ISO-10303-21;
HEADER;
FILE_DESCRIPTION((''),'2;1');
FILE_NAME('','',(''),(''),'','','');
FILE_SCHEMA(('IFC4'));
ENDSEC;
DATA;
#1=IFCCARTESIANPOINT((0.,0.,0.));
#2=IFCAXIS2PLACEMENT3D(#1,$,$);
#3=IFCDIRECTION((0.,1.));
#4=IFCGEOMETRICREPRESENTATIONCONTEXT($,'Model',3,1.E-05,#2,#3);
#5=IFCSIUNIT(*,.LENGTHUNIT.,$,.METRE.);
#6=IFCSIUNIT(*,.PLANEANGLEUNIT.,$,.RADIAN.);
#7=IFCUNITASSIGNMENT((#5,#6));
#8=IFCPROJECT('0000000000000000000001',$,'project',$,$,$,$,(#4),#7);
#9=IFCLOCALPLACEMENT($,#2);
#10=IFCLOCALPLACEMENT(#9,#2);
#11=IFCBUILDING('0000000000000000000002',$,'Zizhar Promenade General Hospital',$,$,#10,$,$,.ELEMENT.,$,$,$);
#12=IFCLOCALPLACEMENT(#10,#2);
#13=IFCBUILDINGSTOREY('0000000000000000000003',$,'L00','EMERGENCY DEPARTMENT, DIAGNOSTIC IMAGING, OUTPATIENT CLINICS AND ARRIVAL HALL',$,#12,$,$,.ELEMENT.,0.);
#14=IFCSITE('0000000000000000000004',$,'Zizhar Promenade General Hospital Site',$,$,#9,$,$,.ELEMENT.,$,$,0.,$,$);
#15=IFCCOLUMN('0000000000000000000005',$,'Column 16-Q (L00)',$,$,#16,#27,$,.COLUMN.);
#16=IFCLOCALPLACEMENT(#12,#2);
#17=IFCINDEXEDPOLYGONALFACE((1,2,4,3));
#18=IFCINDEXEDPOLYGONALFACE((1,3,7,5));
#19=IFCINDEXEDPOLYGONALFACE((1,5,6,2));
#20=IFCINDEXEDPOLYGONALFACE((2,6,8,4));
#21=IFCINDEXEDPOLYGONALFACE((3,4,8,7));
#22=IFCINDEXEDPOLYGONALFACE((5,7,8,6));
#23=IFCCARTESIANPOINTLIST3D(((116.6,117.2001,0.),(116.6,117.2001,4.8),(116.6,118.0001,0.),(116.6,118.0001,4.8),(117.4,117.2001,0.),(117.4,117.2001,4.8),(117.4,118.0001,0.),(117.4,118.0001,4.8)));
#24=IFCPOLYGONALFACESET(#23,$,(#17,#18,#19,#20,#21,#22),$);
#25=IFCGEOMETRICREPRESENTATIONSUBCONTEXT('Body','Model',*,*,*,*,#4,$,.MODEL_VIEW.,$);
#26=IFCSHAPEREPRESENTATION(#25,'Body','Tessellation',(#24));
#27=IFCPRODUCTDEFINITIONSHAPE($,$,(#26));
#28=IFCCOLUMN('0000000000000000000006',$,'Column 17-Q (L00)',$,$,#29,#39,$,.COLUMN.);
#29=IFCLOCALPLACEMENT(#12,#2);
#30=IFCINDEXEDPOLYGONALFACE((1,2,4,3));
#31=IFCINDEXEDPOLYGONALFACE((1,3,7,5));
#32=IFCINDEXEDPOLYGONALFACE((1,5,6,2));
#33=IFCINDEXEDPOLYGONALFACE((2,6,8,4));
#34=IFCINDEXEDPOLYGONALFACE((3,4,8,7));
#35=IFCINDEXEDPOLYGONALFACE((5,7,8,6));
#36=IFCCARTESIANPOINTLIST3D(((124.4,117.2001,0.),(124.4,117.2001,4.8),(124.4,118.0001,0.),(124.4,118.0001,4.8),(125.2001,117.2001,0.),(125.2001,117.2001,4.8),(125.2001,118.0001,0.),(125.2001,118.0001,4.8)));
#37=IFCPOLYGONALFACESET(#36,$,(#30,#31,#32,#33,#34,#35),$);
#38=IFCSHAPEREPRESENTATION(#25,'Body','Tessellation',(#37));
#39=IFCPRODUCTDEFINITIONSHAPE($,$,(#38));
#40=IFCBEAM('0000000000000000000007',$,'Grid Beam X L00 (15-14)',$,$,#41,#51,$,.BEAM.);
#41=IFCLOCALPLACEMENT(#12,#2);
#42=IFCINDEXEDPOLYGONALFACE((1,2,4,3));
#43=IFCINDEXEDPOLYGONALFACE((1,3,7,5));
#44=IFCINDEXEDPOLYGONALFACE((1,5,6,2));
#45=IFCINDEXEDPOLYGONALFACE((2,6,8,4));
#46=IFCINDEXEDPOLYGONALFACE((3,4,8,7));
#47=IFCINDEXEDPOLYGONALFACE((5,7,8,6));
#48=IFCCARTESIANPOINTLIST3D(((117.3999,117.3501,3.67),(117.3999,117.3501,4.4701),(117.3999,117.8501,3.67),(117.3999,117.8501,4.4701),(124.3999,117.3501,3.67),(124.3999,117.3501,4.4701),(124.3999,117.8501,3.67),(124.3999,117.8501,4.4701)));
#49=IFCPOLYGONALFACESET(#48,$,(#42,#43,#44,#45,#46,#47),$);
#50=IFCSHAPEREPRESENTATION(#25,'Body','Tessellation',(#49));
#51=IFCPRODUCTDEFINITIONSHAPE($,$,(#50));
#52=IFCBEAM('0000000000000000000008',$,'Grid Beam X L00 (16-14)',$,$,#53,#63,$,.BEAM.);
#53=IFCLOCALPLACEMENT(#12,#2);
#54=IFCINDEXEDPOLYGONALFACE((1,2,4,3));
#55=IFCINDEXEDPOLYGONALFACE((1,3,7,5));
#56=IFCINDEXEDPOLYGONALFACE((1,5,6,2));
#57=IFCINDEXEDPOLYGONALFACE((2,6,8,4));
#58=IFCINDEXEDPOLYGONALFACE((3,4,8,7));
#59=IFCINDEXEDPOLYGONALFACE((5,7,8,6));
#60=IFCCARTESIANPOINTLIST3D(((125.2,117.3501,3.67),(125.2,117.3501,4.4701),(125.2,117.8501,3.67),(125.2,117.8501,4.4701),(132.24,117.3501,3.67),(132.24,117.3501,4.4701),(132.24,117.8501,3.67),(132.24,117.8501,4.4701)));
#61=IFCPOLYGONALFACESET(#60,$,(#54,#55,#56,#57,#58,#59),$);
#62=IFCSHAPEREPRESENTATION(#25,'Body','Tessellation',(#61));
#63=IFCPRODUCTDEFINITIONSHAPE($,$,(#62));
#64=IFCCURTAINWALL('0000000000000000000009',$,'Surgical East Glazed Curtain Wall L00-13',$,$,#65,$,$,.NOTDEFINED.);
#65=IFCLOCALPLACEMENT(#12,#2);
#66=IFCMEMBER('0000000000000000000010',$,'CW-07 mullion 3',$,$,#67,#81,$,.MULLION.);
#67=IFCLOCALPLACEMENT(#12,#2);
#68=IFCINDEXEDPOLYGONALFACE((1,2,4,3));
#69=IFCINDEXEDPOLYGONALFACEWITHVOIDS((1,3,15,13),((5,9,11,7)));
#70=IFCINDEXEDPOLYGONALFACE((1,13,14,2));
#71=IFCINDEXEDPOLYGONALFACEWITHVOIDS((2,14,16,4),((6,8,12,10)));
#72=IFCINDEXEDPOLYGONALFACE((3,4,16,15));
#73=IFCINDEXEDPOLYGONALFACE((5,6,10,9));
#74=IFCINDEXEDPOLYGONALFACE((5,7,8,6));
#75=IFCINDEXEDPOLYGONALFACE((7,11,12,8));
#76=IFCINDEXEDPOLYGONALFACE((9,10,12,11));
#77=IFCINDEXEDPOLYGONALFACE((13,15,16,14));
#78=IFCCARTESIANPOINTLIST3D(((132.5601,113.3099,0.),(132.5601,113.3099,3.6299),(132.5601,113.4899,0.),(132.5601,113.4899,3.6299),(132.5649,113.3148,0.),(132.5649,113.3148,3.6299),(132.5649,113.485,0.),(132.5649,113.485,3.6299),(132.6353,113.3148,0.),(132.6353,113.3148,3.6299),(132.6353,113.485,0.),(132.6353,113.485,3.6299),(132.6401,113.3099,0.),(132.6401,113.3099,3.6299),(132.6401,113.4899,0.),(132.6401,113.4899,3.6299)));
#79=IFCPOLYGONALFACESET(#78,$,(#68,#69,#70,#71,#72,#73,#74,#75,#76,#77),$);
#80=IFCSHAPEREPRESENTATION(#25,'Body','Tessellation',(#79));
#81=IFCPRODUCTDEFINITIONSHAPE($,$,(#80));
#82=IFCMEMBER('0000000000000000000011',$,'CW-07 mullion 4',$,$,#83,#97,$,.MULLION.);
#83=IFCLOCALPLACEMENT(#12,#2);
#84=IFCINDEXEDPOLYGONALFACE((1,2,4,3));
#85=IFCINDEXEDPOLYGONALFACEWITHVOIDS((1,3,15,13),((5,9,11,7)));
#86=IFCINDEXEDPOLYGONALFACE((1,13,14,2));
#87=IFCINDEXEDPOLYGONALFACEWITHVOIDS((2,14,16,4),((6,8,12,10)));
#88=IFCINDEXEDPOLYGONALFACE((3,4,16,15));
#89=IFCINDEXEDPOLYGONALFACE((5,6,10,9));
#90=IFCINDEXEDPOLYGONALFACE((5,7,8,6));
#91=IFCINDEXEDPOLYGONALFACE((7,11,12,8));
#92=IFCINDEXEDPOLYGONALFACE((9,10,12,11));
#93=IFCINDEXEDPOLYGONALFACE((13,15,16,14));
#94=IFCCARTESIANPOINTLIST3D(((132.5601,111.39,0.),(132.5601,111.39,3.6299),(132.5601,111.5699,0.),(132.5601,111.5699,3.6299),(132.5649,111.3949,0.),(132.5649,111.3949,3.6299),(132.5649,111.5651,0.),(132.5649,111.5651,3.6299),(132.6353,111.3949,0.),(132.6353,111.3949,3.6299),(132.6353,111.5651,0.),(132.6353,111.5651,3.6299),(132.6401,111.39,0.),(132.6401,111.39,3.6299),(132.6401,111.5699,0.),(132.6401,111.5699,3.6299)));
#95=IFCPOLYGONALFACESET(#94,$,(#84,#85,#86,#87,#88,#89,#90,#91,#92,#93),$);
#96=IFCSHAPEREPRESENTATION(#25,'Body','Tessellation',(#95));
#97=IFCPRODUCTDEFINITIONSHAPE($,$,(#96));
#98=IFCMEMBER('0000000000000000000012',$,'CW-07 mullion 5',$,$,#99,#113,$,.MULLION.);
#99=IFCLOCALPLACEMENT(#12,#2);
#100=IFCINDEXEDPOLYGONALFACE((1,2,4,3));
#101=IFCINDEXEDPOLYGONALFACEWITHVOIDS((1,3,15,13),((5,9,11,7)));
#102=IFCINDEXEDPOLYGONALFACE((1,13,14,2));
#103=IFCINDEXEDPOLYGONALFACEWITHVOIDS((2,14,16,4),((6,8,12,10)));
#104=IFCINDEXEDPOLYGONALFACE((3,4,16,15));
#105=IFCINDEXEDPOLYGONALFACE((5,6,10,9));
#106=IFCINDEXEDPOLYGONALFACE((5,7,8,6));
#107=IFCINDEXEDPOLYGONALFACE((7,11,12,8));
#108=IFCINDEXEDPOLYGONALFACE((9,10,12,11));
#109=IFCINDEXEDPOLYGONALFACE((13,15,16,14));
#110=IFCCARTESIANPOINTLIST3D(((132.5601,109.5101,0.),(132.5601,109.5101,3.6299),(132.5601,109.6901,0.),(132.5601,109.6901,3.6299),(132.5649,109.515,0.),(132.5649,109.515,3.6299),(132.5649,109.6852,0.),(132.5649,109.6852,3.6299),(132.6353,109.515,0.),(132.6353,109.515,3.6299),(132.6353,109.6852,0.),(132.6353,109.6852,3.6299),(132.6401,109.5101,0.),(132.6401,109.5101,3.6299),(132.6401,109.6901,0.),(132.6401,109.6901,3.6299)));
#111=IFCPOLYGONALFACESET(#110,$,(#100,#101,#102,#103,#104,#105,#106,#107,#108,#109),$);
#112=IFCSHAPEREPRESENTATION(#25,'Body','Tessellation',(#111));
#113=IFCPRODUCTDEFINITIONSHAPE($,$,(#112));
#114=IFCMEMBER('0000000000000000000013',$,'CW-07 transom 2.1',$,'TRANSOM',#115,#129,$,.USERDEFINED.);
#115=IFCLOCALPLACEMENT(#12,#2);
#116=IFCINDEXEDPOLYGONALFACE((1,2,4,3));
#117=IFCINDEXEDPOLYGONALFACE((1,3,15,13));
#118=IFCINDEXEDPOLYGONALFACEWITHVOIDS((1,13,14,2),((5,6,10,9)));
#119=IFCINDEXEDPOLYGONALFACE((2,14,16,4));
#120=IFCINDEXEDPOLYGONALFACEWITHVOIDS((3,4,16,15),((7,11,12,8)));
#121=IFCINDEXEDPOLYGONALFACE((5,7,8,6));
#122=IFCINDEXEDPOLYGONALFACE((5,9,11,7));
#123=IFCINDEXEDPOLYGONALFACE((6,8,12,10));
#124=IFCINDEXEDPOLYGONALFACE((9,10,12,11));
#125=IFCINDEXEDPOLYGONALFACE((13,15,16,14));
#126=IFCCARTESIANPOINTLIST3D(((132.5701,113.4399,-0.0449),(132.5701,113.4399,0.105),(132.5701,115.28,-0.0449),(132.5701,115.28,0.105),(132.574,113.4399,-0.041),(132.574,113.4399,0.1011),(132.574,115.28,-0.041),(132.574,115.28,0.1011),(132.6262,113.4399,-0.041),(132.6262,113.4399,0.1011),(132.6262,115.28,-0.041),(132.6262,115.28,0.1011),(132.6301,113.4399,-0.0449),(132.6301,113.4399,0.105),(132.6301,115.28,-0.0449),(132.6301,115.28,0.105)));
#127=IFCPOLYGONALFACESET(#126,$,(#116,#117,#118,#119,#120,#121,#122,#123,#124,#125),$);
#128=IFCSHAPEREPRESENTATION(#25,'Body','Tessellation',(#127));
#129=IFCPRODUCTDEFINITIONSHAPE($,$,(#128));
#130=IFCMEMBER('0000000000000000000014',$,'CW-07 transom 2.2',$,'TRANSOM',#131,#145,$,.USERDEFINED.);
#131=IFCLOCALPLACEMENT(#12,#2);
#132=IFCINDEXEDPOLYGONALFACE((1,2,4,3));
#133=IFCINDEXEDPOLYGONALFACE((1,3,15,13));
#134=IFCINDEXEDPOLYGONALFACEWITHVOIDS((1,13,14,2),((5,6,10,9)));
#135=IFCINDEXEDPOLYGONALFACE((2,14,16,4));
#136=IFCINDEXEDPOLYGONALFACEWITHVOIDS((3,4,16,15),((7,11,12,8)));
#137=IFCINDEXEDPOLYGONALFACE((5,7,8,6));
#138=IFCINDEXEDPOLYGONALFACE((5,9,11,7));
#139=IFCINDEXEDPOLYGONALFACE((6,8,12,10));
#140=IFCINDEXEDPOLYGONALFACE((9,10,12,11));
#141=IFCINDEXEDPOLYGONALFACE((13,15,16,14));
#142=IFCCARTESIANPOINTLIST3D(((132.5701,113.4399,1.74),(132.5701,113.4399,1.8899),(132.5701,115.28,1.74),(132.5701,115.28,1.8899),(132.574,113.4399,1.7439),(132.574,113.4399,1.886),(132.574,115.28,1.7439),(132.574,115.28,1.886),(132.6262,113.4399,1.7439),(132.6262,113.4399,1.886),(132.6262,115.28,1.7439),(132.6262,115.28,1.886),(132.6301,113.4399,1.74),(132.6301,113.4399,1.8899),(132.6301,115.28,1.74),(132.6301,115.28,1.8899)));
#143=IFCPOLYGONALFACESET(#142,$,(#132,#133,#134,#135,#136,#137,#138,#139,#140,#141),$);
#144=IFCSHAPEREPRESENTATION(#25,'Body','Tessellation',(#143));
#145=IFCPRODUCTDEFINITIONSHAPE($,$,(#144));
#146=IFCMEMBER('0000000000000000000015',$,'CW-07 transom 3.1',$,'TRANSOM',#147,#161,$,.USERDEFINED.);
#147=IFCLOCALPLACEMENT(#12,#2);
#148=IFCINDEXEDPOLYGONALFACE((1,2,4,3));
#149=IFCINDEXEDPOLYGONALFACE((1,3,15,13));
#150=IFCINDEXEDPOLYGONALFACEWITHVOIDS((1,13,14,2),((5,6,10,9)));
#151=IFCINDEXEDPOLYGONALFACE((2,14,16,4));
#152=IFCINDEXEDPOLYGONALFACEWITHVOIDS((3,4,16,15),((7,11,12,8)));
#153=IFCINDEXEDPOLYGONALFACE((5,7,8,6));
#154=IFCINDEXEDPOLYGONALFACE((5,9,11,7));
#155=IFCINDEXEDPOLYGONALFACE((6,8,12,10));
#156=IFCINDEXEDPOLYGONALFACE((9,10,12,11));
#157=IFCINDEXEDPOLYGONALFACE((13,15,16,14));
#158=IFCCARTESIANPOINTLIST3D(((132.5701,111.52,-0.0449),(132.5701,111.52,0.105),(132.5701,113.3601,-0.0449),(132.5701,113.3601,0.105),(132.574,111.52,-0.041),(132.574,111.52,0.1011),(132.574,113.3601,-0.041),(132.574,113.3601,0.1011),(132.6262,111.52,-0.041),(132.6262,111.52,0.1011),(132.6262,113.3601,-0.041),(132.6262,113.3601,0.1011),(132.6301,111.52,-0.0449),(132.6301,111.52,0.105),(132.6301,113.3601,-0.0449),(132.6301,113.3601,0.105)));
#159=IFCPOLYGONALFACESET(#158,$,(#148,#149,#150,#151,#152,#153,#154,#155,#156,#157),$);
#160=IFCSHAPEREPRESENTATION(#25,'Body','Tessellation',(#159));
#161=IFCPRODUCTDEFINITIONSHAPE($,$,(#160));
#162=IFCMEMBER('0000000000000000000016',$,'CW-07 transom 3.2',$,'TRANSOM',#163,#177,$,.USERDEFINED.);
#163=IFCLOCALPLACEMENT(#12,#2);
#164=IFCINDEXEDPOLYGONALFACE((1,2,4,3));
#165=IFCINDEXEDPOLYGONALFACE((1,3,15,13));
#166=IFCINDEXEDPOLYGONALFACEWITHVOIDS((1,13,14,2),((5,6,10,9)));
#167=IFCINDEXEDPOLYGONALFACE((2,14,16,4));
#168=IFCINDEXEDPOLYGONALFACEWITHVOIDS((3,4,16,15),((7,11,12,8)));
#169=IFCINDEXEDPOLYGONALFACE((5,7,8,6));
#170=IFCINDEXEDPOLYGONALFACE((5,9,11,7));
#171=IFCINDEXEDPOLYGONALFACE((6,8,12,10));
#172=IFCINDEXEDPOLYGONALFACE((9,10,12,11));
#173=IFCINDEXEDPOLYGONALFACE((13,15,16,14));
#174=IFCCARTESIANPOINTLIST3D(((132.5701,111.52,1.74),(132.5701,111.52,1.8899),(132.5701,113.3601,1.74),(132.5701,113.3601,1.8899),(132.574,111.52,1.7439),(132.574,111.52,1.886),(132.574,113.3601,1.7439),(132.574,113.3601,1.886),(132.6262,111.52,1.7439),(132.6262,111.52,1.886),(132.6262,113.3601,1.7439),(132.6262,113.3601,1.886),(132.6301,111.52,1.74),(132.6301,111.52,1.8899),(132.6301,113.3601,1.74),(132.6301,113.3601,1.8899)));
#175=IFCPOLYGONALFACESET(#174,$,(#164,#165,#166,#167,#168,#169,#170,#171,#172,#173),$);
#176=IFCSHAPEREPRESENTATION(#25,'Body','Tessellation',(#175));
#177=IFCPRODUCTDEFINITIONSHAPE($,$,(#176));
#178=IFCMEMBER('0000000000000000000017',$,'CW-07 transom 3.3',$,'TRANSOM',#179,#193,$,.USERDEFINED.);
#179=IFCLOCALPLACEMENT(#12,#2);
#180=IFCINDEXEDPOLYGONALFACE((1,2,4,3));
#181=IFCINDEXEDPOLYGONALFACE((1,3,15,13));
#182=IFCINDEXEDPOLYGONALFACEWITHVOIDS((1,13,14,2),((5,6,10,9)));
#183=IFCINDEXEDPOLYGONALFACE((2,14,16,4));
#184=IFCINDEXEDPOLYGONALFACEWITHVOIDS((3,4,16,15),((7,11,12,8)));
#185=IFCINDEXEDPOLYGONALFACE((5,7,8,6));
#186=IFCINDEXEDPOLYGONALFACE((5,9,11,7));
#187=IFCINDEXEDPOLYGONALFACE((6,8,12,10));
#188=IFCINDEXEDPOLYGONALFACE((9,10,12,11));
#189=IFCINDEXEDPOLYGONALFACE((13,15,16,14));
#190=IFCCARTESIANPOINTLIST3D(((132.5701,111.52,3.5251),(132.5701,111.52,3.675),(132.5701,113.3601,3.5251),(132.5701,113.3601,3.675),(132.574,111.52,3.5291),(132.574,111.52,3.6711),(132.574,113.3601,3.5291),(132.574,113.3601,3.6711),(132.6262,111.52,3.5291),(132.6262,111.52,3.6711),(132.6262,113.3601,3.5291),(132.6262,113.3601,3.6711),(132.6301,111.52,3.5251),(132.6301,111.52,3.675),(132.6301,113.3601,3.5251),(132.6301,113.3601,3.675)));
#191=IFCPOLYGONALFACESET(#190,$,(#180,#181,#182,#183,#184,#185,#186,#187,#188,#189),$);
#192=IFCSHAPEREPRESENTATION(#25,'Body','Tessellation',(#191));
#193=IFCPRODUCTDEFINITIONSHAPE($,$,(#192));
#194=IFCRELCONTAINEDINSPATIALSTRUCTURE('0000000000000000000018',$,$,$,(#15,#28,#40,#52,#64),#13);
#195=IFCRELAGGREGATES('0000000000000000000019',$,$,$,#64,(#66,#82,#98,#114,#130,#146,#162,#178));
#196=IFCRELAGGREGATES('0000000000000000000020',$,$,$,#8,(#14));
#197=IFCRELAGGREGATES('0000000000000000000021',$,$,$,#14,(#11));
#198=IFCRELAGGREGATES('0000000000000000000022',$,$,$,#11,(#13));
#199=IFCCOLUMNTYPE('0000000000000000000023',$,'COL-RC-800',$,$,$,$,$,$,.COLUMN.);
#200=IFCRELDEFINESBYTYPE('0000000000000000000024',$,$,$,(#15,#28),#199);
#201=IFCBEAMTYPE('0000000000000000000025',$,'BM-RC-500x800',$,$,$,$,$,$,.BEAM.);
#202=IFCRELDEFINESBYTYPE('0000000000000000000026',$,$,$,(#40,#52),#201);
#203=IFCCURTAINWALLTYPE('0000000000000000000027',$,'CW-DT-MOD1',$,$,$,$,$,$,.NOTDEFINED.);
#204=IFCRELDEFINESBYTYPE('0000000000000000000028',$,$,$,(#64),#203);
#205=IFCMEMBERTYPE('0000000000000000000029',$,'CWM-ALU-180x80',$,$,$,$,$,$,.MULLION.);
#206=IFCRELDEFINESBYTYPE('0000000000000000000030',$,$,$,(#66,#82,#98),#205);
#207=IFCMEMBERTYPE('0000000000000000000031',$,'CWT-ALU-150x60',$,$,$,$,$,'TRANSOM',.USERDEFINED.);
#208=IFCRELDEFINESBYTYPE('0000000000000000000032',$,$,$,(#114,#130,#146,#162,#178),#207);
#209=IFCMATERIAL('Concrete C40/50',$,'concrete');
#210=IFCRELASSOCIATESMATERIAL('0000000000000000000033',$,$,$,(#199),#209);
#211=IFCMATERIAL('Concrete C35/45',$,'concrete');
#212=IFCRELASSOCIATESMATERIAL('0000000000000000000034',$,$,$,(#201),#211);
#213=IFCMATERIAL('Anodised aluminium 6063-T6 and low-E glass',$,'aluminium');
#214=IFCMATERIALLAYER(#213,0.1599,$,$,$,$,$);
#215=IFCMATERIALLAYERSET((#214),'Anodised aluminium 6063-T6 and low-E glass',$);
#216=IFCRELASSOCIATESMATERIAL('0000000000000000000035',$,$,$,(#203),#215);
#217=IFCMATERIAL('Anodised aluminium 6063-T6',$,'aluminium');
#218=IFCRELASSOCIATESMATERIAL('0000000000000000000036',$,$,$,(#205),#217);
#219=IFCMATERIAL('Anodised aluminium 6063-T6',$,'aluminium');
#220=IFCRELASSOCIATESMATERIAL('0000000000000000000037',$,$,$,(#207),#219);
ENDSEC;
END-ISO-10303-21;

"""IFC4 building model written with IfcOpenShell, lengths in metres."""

from ifc_helpers import new_model, si_unit, direction, frame, origin, origin_2d, place, context, subcontext, project, spatial, rectangle, hollow_rectangle, extrude, material, layer, layer_set, material_profile, profile_set, type_object, element, aggregate, save


model = new_model("IFC4")

# Units and contexts
model_context = context("Model", 3, precision=1e-05, world=origin(), true_north=direction((0.0, 1.0)))
body_context = subcontext(model_context, "Body", "Model", "MODEL_VIEW")
ifc_project = project(units=[si_unit("LENGTHUNIT", "METRE"), si_unit("PLANEANGLEUNIT", "RADIAN")], contexts=[model_context])

# Site, building, storey
site_placement = place(None, origin())
site = spatial("IfcSite", under=ifc_project, at=site_placement, Name="Zizhar Promenade General Hospital Site", CompositionType="ELEMENT", RefElevation=0.0)
building_placement = place(site_placement, origin())
building = spatial("IfcBuilding", under=site, at=building_placement, Name="Zizhar Promenade General Hospital", CompositionType="ELEMENT")
storey_placement = place(building_placement, origin())
storey = spatial("IfcBuildingStorey", under=building, at=storey_placement, Name="L00", Description="EMERGENCY DEPARTMENT, DIAGNOSTIC IMAGING, OUTPATIENT CLINICS AND ARRIVAL HALL", CompositionType="ELEMENT", Elevation=0.0)

# Columns
ifc_material_1 = material(Name="Concrete C40/50", Category="concrete")
ifc_material_profile_1 = material_profile(ifc_material_1, rectangle(XDim=0.8, YDim=0.8, at=origin_2d()))
ifc_profile_set_1 = profile_set([ifc_material_profile_1], Name="Concrete C40/50")
column_type = type_object("IfcColumnType", Name="COL-RC-800", PredefinedType="COLUMN", material=ifc_profile_set_1)
for number, where, z_axis, x_axis, name in (
    (1, (117.0, 117.6001, 0.0), (0.0, 0.0, 1.0), (1.0, 0.0, 0.0), "Column 16-Q (L00)"),
    (2, (124.8, 117.6001, 0.0), (0.0, 0.0, 1.0), (1.0, 0.0, 0.0), "Column 17-Q (L00)"),
):
    element("IfcColumn", number, at=place(storey_placement, frame(where, z_axis=z_axis, x_axis=x_axis)), inside=storey, type_object=column_type, Name=name, PredefinedType="COLUMN", context=body_context, shape_type="SweptSolid", body=[
        extrude(rectangle(XDim=0.8, YDim=0.8, at=origin_2d()), origin(), (0.0, 0.0, 1.0), 4.8),
    ])

# Beams
ifc_material_2 = material(Name="Concrete C35/45", Category="concrete")
ifc_material_profile_2 = material_profile(ifc_material_2, rectangle(XDim=0.5, YDim=0.8, at=origin_2d()))
ifc_profile_set_2 = profile_set([ifc_material_profile_2], Name="Concrete C35/45")
beam_type = type_object("IfcBeamType", Name="BM-RC-500x800", PredefinedType="BEAM", material=ifc_profile_set_2)
beam_1_placement = place(storey_placement, frame((117.3999, 117.6001, 4.0701), z_axis=(1.0, 0.0, 0.0), x_axis=(0.0, 1.0, 0.0)))
element("IfcBeam", 3, at=beam_1_placement, inside=storey, type_object=beam_type, Name="Grid Beam X L00 (15-14)", PredefinedType="BEAM", context=body_context, shape_type="SweptSolid", body=[
    extrude(rectangle(XDim=0.5, YDim=0.8, at=origin_2d()), origin(), (0.0, 0.0, 1.0), 7.0),
])
beam_2_placement = place(storey_placement, frame((125.2, 117.6001, 4.0701), z_axis=(1.0, 0.0, 0.0), x_axis=(0.0, 1.0, 0.0)))
element("IfcBeam", 4, at=beam_2_placement, inside=storey, type_object=beam_type, Name="Grid Beam X L00 (16-14)", PredefinedType="BEAM", context=body_context, shape_type="SweptSolid", body=[
    extrude(rectangle(XDim=0.5, YDim=0.8, at=origin_2d()), origin(), (0.0, 0.0, 1.0), 7.04),
])

# Curtain wall, members
ifc_material_3 = material(Name="Anodised aluminium 6063-T6 and low-E glass", Category="aluminium")
ifc_layer_1 = layer(ifc_material_3, 0.1599)
ifc_layer_set_1 = layer_set([ifc_layer_1], Name="Anodised aluminium 6063-T6 and low-E glass")
curtain_wall_type = type_object("IfcCurtainWallType", Name="CW-DT-MOD1", PredefinedType="NOTDEFINED", material=ifc_layer_set_1)
curtain_wall_placement = place(storey_placement, origin())
curtain_wall = element("IfcCurtainWall", 5, at=curtain_wall_placement, inside=storey, type_object=curtain_wall_type, Name="Surgical East Glazed Curtain Wall L00-13", PredefinedType="NOTDEFINED")
ifc_material_4 = material(Name="Anodised aluminium 6063-T6", Category="aluminium")
ifc_material_profile_3 = material_profile(ifc_material_4, hollow_rectangle(XDim=0.0801, YDim=0.1799, WallThickness=0.0049, at=origin_2d()))
ifc_profile_set_3 = profile_set([ifc_material_profile_3], Name="Anodised aluminium 6063-T6")
member_type_1 = type_object("IfcMemberType", Name="CWM-ALU-180x80", PredefinedType="MULLION", material=ifc_profile_set_3)
member_1_placement = place(storey_placement, frame((132.6001, 113.3999, 0.0), z_axis=(0.0, 0.0, 1.0), x_axis=(1.0, 0.0, 0.0)))
member_1 = element("IfcMember", 6, at=member_1_placement, type_object=member_type_1, Name="CW-07 mullion 3", PredefinedType="MULLION", context=body_context, shape_type="SweptSolid", body=[
    extrude(hollow_rectangle(XDim=0.0801, YDim=0.1799, WallThickness=0.0049, at=origin_2d()), origin(), (0.0, 0.0, 1.0), 3.6299),
])
member_2_placement = place(storey_placement, frame((132.6001, 111.48, 0.0), z_axis=(0.0, 0.0, 1.0), x_axis=(1.0, 0.0, 0.0)))
member_2 = element("IfcMember", 7, at=member_2_placement, type_object=member_type_1, Name="CW-07 mullion 4", PredefinedType="MULLION", context=body_context, shape_type="SweptSolid", body=[
    extrude(hollow_rectangle(XDim=0.0801, YDim=0.1799, WallThickness=0.0049, at=origin_2d()), origin(), (0.0, 0.0, 1.0), 3.6299),
])
member_3_placement = place(storey_placement, frame((132.6001, 109.6001, 0.0), z_axis=(0.0, 0.0, 1.0), x_axis=(1.0, 0.0, 0.0)))
member_3 = element("IfcMember", 8, at=member_3_placement, type_object=member_type_1, Name="CW-07 mullion 5", PredefinedType="MULLION", context=body_context, shape_type="SweptSolid", body=[
    extrude(hollow_rectangle(XDim=0.0801, YDim=0.1799, WallThickness=0.0049, at=origin_2d()), origin(), (0.0, 0.0, 1.0), 3.6299),
])
ifc_material_5 = material(Name="Anodised aluminium 6063-T6", Category="aluminium")
ifc_material_profile_4 = material_profile(ifc_material_5, hollow_rectangle(XDim=0.0601, YDim=0.1499, WallThickness=0.0039, at=origin_2d()))
ifc_profile_set_4 = profile_set([ifc_material_profile_4], Name="Anodised aluminium 6063-T6")
member_type_2 = type_object("IfcMemberType", Name="CWT-ALU-150x60", ElementType="TRANSOM", PredefinedType="USERDEFINED", material=ifc_profile_set_4)
member_4_placement = place(storey_placement, frame((132.6001, 115.28, 0.03), z_axis=(0.0, -1.0, 0.0), x_axis=(1.0, 0.0, 0.0)))
member_4 = element("IfcMember", 9, at=member_4_placement, type_object=member_type_2, Name="CW-07 transom 2.1", ObjectType="TRANSOM", PredefinedType="USERDEFINED", context=body_context, shape_type="SweptSolid", body=[
    extrude(hollow_rectangle(XDim=0.0601, YDim=0.1499, WallThickness=0.0039, at=origin_2d()), origin(), (0.0, 0.0, 1.0), 1.8401),
])
member_5_placement = place(storey_placement, frame((132.6001, 115.28, 1.8149), z_axis=(0.0, -1.0, 0.0), x_axis=(1.0, 0.0, 0.0)))
member_5 = element("IfcMember", 10, at=member_5_placement, type_object=member_type_2, Name="CW-07 transom 2.2", ObjectType="TRANSOM", PredefinedType="USERDEFINED", context=body_context, shape_type="SweptSolid", body=[
    extrude(hollow_rectangle(XDim=0.0601, YDim=0.1499, WallThickness=0.0039, at=origin_2d()), origin(), (0.0, 0.0, 1.0), 1.8401),
])
member_6_placement = place(storey_placement, frame((132.6001, 113.3601, 0.03), z_axis=(0.0, -1.0, 0.0), x_axis=(1.0, 0.0, 0.0)))
member_6 = element("IfcMember", 11, at=member_6_placement, type_object=member_type_2, Name="CW-07 transom 3.1", ObjectType="TRANSOM", PredefinedType="USERDEFINED", context=body_context, shape_type="SweptSolid", body=[
    extrude(hollow_rectangle(XDim=0.0601, YDim=0.1499, WallThickness=0.0039, at=origin_2d()), origin(), (0.0, 0.0, 1.0), 1.8401),
])
member_7_placement = place(storey_placement, frame((132.6001, 113.3601, 1.8149), z_axis=(0.0, -1.0, 0.0), x_axis=(1.0, 0.0, 0.0)))
member_7 = element("IfcMember", 12, at=member_7_placement, type_object=member_type_2, Name="CW-07 transom 3.2", ObjectType="TRANSOM", PredefinedType="USERDEFINED", context=body_context, shape_type="SweptSolid", body=[
    extrude(hollow_rectangle(XDim=0.0601, YDim=0.1499, WallThickness=0.0039, at=origin_2d()), origin(), (0.0, 0.0, 1.0), 1.8401),
])
member_8_placement = place(storey_placement, frame((132.6001, 113.3601, 3.6001), z_axis=(0.0, -1.0, 0.0), x_axis=(1.0, 0.0, 0.0)))
member_8 = element("IfcMember", 13, at=member_8_placement, type_object=member_type_2, Name="CW-07 transom 3.3", ObjectType="TRANSOM", PredefinedType="USERDEFINED", context=body_context, shape_type="SweptSolid", body=[
    extrude(hollow_rectangle(XDim=0.0601, YDim=0.1499, WallThickness=0.0039, at=origin_2d()), origin(), (0.0, 0.0, 1.0), 1.8401),
])
aggregate(curtain_wall, [member_1, member_2, member_3, member_4, member_5, member_6, member_7, member_8])

save(model, "model.ifc")
